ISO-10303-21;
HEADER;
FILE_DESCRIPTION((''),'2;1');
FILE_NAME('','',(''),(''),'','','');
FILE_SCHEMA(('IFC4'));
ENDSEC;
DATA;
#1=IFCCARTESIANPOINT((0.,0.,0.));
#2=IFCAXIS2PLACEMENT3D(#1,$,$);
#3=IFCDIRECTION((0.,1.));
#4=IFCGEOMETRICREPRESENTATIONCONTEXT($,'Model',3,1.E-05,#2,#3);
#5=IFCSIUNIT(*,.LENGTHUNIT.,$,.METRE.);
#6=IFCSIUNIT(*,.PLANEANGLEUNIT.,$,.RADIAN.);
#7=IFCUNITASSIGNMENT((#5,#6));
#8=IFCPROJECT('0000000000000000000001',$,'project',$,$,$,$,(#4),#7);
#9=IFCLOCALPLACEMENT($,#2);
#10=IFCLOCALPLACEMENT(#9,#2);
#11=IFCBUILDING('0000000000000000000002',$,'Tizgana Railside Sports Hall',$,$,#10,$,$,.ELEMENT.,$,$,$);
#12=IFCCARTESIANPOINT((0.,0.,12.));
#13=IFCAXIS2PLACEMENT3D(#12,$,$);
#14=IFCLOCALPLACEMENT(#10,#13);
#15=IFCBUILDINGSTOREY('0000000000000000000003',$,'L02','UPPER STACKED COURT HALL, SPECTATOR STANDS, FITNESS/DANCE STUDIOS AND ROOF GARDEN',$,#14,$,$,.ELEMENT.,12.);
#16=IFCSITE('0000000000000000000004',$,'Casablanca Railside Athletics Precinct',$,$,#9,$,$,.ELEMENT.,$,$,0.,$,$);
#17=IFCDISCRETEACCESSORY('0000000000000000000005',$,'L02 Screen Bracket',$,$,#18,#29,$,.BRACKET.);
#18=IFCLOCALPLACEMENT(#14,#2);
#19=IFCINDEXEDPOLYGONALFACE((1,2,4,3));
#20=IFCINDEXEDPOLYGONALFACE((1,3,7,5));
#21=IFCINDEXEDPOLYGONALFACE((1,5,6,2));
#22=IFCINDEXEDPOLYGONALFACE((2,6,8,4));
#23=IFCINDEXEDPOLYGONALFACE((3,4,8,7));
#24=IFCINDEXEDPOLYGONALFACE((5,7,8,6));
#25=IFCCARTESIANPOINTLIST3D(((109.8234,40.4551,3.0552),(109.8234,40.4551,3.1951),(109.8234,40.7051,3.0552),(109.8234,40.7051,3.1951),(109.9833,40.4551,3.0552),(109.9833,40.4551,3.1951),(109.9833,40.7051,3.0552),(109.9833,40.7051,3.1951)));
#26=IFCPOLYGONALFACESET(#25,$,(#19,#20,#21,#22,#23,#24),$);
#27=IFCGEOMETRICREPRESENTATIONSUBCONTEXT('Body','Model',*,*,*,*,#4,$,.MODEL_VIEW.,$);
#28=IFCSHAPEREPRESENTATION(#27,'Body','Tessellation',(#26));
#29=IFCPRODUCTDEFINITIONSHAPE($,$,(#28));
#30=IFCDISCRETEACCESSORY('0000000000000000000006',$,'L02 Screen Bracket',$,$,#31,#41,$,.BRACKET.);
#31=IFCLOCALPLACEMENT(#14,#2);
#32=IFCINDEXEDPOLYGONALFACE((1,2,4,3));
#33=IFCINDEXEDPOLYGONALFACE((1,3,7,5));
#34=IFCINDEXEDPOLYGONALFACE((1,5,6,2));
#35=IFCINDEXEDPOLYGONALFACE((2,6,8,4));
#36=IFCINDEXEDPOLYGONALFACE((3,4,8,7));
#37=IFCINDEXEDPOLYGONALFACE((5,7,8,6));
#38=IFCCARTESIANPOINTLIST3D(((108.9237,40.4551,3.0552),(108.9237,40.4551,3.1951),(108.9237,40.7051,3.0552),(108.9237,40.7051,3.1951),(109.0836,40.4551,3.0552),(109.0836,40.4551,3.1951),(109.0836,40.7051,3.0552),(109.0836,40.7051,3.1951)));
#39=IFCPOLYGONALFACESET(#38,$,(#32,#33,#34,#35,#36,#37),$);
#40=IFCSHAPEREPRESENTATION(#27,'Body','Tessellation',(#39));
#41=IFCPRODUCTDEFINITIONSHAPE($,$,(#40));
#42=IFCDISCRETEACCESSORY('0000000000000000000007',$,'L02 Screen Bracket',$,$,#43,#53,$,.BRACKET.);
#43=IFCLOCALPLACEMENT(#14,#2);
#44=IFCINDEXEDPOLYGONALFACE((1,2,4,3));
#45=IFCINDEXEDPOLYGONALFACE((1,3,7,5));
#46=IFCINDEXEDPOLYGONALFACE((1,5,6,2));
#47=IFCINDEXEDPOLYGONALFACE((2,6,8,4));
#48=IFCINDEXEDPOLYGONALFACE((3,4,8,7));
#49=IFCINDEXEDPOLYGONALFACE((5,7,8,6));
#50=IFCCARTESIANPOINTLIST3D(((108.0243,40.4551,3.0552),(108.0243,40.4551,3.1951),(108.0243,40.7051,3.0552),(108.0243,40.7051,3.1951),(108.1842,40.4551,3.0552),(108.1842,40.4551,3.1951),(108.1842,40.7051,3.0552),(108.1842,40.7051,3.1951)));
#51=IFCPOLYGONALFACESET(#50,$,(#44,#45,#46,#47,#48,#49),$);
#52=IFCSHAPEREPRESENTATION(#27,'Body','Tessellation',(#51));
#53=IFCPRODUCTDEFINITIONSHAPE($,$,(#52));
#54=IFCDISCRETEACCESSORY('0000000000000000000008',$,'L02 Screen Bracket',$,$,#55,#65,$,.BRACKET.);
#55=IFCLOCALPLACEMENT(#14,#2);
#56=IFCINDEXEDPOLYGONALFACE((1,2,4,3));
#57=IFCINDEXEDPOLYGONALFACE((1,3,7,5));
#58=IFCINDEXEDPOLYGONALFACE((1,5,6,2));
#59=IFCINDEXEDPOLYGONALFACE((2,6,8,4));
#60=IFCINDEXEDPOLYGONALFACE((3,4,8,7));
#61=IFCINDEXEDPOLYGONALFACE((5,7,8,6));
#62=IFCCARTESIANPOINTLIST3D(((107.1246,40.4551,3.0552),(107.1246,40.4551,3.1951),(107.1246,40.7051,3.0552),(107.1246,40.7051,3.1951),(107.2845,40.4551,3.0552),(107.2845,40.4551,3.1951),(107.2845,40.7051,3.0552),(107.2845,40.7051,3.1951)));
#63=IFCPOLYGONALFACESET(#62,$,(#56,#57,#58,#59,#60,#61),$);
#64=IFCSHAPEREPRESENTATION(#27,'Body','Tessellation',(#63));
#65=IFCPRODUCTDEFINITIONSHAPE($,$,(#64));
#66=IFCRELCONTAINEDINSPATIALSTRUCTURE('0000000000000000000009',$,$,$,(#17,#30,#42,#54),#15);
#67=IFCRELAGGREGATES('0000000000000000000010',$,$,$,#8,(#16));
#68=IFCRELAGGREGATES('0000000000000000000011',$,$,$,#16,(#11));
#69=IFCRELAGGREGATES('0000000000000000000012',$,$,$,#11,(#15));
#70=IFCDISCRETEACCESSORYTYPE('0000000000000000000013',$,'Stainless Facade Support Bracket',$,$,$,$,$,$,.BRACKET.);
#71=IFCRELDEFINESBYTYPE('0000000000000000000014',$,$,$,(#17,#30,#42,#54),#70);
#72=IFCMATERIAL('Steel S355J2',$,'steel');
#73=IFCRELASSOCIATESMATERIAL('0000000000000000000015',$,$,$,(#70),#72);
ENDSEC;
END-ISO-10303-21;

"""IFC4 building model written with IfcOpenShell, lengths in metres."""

from ifc_helpers import new_model, si_unit, direction, frame, origin, origin_2d, place, context, subcontext, project, spatial, rectangle, extrude, material, type_object, element, save


model = new_model("IFC4")

# Units and contexts
model_context = context("Model", 3, precision=1e-05, world=origin(), true_north=direction((0.0, 1.0)))
body_context = subcontext(model_context, "Body", "Model", "MODEL_VIEW")
ifc_project = project(units=[si_unit("LENGTHUNIT", "METRE"), si_unit("PLANEANGLEUNIT", "RADIAN")], contexts=[model_context])

# Site, building, storey
site_placement = place(None, origin())
site = spatial("IfcSite", under=ifc_project, at=site_placement, Name="Casablanca Railside Athletics Precinct", CompositionType="ELEMENT", RefElevation=0.0)
building_placement = place(site_placement, origin())
building = spatial("IfcBuilding", under=site, at=building_placement, Name="Tizgana Railside Sports Hall", CompositionType="ELEMENT")
storey_placement = place(building_placement, frame((0.0, 0.0, 12.0)))
storey = spatial("IfcBuildingStorey", under=building, at=storey_placement, Name="L02", Description="UPPER STACKED COURT HALL, SPECTATOR STANDS, FITNESS/DANCE STUDIOS AND ROOF GARDEN", CompositionType="ELEMENT", Elevation=12.0)

# Discrete accessories
ifc_material_1 = material(Name="Steel S355J2", Category="steel")
discrete_accessory_type = type_object("IfcDiscreteAccessoryType", Name="Stainless Facade Support Bracket", PredefinedType="BRACKET", material=ifc_material_1)
for number, where, z_axis, x_axis, name in (
    (1, (109.9033, 40.5801, 3.0552), (0.0, 0.0, 1.0), (-1.0, 0.0, 0.0), "L02 Screen Bracket"),
    (2, (109.0037, 40.5801, 3.0552), (0.0, 0.0, 1.0), (-1.0, 0.0, 0.0), "L02 Screen Bracket"),
    (3, (108.1042, 40.5801, 3.0552), (0.0, 0.0, 1.0), (-1.0, 0.0, 0.0), "L02 Screen Bracket"),
    (4, (107.2046, 40.5801, 3.0552), (0.0, 0.0, 1.0), (-1.0, 0.0, 0.0), "L02 Screen Bracket"),
):
    element("IfcDiscreteAccessory", number, at=place(storey_placement, frame(where, z_axis=z_axis, x_axis=x_axis)), inside=storey, type_object=discrete_accessory_type, Name=name, PredefinedType="BRACKET", context=body_context, shape_type="SweptSolid", body=[
        extrude(rectangle(XDim=0.1599, YDim=0.25, at=origin_2d()), origin(), (0.0, 0.0, 1.0), 0.1399),
    ])

save(model, "model.ifc")
